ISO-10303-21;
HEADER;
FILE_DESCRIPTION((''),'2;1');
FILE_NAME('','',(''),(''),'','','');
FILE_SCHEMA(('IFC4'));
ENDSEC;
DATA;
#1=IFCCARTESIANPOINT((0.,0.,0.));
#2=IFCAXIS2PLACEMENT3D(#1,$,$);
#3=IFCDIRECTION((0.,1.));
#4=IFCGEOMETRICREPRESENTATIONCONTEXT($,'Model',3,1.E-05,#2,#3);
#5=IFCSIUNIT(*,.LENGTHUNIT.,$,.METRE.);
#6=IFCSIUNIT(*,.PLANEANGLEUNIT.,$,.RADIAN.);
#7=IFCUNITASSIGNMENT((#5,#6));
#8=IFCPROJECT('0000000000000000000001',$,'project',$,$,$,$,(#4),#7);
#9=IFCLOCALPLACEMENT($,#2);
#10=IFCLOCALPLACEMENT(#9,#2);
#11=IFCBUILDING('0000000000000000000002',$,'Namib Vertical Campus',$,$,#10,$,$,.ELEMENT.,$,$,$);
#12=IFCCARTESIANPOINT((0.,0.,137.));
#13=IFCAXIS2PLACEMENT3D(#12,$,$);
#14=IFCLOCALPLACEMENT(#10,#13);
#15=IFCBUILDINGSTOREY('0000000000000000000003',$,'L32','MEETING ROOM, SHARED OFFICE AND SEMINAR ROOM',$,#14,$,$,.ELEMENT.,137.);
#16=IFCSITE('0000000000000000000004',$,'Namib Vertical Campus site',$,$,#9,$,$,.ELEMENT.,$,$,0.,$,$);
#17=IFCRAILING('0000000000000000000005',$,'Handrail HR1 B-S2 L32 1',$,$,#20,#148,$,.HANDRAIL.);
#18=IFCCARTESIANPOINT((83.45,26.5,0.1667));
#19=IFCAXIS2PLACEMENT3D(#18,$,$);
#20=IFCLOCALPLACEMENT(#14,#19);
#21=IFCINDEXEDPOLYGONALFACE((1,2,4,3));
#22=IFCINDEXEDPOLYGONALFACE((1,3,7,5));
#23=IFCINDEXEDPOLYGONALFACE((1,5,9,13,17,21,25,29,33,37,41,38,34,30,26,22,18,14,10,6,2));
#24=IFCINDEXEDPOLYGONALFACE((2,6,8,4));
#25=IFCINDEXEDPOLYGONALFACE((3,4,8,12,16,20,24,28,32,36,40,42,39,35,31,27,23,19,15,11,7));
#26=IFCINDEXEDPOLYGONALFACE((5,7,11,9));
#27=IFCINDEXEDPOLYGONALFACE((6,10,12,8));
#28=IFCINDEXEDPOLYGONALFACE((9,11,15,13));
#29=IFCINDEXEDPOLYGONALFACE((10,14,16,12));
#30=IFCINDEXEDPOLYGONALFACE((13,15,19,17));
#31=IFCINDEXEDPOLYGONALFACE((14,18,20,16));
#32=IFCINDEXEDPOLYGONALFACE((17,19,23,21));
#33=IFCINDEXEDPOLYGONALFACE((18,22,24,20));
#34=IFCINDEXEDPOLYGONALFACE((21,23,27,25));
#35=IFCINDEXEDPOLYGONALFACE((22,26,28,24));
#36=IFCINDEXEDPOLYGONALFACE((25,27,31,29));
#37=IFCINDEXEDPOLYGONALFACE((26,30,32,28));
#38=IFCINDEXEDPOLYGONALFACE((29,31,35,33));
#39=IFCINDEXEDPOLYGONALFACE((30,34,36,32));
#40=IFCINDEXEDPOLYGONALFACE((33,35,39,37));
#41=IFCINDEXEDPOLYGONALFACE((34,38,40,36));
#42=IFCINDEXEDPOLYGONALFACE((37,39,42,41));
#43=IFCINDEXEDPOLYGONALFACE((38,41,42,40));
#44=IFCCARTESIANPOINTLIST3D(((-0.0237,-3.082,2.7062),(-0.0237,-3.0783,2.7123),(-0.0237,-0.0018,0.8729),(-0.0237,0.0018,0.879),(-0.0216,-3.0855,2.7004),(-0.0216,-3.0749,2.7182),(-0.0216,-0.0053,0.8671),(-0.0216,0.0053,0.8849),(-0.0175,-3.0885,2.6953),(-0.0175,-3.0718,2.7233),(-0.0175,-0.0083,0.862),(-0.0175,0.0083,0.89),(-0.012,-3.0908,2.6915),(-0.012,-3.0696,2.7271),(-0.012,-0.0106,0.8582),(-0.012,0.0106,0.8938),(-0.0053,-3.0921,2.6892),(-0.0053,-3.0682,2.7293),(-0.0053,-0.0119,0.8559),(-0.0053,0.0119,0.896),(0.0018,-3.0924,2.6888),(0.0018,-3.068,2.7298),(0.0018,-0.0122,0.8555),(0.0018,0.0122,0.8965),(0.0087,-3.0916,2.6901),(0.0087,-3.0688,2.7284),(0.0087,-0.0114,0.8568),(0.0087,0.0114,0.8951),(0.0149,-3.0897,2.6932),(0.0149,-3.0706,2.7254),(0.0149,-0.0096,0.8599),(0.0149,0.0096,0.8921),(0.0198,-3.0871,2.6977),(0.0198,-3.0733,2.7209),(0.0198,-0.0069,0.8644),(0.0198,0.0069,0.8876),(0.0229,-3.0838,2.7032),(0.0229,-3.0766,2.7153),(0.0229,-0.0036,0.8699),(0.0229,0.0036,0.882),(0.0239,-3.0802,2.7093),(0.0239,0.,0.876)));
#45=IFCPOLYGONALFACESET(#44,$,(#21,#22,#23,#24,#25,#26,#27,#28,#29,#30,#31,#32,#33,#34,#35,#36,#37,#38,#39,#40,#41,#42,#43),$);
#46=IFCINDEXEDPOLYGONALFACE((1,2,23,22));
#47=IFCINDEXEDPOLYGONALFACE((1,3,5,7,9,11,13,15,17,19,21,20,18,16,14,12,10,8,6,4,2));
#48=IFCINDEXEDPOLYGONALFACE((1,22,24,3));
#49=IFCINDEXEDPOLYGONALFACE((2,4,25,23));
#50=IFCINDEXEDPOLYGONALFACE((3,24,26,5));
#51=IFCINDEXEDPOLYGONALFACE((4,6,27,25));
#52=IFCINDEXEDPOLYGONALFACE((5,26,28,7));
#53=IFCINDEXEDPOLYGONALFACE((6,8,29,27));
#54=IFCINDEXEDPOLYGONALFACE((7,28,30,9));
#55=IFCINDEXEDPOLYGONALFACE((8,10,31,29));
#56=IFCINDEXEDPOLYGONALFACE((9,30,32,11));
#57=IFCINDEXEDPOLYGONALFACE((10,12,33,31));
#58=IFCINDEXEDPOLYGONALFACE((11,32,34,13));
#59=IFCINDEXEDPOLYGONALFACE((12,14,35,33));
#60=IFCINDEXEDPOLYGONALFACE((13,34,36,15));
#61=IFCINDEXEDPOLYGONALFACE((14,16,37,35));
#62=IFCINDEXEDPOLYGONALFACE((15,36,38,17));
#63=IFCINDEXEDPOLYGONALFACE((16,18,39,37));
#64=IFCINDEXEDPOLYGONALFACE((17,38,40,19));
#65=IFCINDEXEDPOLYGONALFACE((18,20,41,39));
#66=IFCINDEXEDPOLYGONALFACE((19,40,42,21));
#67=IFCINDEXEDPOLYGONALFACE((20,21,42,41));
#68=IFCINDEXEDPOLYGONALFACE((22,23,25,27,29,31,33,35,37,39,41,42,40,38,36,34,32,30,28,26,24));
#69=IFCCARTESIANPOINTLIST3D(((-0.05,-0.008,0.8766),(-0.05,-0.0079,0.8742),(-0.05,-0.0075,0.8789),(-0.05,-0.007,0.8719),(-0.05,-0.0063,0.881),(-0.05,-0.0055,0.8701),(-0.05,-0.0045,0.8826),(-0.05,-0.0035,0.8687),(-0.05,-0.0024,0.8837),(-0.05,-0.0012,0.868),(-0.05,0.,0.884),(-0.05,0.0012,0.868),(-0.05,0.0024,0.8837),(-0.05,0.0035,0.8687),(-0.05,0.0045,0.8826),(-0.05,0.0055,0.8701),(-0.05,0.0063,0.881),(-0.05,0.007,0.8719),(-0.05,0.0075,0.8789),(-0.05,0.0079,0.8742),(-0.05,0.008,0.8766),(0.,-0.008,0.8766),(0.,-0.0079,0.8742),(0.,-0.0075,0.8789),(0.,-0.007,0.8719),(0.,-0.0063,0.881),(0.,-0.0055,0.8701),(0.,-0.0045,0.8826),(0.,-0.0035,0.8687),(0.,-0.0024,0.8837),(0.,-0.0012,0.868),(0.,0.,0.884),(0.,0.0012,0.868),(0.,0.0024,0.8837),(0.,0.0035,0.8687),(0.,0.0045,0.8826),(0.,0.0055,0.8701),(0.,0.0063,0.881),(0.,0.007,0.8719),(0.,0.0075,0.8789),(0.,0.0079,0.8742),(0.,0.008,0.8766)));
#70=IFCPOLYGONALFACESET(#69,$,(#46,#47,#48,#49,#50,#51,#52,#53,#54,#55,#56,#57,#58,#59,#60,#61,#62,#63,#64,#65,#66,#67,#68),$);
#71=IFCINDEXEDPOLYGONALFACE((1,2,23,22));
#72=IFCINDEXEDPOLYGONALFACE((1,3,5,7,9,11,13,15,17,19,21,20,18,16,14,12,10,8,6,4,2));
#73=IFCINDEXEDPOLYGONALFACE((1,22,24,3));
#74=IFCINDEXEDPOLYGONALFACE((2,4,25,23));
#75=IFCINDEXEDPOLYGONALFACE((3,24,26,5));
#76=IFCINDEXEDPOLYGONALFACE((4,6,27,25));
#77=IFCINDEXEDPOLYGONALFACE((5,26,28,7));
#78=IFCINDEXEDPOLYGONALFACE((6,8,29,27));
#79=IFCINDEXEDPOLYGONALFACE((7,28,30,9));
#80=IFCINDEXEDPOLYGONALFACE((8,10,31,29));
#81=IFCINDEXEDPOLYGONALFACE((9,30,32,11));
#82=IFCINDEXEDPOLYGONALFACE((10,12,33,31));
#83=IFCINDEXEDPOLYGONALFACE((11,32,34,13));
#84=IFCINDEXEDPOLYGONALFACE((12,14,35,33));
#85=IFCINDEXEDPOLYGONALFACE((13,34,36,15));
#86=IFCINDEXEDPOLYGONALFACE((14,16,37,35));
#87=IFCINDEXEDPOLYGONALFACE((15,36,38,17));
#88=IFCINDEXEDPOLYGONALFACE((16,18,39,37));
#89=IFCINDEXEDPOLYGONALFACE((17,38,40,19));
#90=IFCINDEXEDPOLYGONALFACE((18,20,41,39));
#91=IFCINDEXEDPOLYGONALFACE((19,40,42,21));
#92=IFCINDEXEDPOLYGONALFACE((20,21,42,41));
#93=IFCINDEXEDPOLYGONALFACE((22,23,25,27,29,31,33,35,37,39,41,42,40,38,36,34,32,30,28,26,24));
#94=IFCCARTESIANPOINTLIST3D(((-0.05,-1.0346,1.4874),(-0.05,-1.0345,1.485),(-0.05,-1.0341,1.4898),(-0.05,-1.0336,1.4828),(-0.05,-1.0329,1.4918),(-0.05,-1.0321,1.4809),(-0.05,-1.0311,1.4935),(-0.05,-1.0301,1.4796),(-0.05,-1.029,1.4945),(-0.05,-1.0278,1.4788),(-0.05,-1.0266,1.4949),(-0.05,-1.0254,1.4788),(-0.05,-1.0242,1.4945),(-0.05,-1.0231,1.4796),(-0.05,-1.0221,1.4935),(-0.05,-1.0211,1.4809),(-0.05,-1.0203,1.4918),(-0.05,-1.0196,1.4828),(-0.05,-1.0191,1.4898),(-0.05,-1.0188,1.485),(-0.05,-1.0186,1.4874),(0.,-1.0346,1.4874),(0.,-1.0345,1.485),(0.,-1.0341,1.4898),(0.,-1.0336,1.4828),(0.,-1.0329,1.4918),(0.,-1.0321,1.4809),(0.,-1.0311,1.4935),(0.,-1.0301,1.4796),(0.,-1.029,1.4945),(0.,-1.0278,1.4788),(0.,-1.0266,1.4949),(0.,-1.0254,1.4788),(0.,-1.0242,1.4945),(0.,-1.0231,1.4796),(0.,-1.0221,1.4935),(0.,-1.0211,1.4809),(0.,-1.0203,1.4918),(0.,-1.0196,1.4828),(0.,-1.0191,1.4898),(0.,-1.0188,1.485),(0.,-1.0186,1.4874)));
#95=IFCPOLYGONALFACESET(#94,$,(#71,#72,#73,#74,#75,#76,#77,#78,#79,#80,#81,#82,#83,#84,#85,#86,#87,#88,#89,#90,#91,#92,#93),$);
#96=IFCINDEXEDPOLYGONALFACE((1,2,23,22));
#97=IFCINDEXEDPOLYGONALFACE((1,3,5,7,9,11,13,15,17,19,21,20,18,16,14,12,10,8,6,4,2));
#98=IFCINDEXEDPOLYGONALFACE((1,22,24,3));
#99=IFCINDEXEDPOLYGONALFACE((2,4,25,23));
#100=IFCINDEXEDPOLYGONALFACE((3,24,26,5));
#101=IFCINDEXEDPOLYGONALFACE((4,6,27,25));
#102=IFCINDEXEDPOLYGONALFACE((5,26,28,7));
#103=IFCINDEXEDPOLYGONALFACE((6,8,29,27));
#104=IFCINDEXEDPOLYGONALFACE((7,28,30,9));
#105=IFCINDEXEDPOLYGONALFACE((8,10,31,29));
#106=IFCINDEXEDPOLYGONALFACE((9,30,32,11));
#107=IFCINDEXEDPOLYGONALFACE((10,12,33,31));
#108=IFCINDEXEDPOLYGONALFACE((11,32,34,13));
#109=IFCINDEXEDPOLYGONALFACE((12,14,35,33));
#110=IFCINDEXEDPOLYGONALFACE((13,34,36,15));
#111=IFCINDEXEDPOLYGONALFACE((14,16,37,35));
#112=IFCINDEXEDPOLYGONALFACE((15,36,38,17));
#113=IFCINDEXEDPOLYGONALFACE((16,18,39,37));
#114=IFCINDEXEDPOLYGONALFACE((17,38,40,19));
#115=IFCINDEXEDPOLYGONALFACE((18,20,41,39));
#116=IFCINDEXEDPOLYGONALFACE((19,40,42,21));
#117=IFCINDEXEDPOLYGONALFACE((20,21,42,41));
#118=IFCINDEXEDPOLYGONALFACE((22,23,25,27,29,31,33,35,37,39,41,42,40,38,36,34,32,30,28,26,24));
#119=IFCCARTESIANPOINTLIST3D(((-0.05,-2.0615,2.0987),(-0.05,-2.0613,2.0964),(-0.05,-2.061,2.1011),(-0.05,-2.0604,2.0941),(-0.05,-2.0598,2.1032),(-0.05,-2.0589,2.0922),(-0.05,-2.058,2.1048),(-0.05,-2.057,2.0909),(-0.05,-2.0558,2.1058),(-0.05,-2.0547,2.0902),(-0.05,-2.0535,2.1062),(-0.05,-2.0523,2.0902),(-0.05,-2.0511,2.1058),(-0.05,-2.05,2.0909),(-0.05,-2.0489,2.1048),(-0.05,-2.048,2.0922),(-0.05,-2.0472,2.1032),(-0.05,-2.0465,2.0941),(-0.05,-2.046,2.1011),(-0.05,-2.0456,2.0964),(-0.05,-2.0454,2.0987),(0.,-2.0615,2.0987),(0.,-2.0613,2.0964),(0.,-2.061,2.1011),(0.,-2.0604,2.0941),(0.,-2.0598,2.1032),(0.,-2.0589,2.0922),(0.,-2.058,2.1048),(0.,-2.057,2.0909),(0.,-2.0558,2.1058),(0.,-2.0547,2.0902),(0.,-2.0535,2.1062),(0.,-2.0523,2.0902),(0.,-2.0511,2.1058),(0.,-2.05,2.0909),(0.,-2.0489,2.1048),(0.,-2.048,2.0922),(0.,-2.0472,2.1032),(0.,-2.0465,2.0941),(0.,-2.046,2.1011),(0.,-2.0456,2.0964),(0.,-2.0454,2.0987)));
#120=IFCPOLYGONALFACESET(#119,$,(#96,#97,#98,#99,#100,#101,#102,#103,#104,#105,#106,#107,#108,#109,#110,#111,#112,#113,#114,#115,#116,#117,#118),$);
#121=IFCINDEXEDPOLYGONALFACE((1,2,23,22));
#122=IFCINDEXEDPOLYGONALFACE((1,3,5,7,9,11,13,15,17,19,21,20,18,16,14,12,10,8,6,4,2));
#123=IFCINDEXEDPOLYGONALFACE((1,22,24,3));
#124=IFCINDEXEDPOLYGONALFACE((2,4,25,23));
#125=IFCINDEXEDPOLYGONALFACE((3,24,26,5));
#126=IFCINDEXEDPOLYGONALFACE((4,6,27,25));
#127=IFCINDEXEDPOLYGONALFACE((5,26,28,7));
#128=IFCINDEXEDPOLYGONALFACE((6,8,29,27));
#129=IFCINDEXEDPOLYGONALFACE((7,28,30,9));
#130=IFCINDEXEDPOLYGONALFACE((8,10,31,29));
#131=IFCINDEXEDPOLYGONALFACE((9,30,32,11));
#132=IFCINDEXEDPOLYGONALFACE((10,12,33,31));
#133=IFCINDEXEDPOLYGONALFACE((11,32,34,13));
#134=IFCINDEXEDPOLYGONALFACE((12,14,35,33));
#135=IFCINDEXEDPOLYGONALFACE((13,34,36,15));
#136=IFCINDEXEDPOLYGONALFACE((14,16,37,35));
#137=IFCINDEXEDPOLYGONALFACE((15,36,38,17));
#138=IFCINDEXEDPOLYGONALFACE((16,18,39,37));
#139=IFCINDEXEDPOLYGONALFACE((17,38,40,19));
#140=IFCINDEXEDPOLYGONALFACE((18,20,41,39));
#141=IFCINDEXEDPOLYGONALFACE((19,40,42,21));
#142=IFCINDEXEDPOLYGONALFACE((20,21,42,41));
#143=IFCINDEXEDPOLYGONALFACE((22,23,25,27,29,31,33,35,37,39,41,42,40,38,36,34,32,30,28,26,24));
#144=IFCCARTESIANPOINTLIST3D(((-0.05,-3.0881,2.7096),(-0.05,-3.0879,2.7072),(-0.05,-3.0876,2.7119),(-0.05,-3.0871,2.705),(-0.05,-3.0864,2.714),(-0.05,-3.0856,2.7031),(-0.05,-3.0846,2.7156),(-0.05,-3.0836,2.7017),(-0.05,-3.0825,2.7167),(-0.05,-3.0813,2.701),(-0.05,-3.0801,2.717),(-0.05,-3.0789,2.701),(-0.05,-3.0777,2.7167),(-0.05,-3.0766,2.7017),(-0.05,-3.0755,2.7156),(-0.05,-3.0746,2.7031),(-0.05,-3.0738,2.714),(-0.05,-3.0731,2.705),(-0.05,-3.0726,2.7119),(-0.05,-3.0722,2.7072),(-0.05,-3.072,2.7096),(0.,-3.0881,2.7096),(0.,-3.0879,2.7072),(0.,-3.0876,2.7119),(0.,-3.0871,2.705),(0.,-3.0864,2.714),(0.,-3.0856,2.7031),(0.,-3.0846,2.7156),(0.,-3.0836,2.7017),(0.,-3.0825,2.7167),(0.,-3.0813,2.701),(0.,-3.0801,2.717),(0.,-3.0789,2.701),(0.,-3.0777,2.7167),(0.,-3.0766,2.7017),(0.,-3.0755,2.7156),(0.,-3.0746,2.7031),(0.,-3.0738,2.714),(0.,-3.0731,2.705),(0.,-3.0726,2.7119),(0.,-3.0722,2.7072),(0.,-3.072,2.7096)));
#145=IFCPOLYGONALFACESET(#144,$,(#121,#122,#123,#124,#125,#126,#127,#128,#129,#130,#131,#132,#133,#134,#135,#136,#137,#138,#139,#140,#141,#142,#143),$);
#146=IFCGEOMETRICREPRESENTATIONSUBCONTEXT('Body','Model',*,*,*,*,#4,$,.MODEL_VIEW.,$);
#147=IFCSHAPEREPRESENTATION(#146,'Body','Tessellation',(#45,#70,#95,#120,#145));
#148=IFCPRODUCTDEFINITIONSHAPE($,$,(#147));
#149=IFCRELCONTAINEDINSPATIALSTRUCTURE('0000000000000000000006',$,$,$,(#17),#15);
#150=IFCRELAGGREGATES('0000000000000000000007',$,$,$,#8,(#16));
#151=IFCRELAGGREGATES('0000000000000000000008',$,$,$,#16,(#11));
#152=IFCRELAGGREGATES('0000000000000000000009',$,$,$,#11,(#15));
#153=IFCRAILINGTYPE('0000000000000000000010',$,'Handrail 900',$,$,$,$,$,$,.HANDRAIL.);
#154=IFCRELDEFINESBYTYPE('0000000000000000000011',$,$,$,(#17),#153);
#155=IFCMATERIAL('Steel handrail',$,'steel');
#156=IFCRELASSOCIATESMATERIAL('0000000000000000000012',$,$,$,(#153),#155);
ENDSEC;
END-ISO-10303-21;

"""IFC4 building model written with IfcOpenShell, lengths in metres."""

from ifc_helpers import new_model, si_unit, direction, frame, origin, origin_2d, place, context, subcontext, project, spatial, circle, extrude, material, type_object, element, save


model = new_model("IFC4")

# Units and contexts
model_context = context("Model", 3, precision=1e-05, world=origin(), true_north=direction((0.0, 1.0)))
body_context = subcontext(model_context, "Body", "Model", "MODEL_VIEW")
ifc_project = project(units=[si_unit("LENGTHUNIT", "METRE"), si_unit("PLANEANGLEUNIT", "RADIAN")], contexts=[model_context])

# Site, building, storey
site_placement = place(None, origin())
site = spatial("IfcSite", under=ifc_project, at=site_placement, Name="Namib Vertical Campus site", CompositionType="ELEMENT", RefElevation=0.0)
building_placement = place(site_placement, origin())
building = spatial("IfcBuilding", under=site, at=building_placement, Name="Namib Vertical Campus", CompositionType="ELEMENT")
storey_placement = place(building_placement, frame((0.0, 0.0, 137.0)))
storey = spatial("IfcBuildingStorey", under=building, at=storey_placement, Name="L32", Description="MEETING ROOM, SHARED OFFICE AND SEMINAR ROOM", CompositionType="ELEMENT", Elevation=137.0)

# Railing
ifc_material_1 = material(Name="Steel handrail", Category="steel")
railing_type_1 = type_object("IfcRailingType", Name="Handrail 900", PredefinedType="HANDRAIL", material=ifc_material_1)
railing_1_placement = place(storey_placement, frame((83.45, 26.5, 0.1667)))
element("IfcRailing", 1, at=railing_1_placement, inside=storey, type_object=railing_type_1, Name="Handrail HR1 B-S2 L32 1", PredefinedType="HANDRAIL", context=body_context, shape_type="SweptSolid", body=[
    extrude(circle(Radius=0.0239, at=origin_2d()), frame((0.0, 0.0, 0.876), z_axis=(0.0, -0.859309, 0.511458), x_axis=(1.0, 0.0, 0.0)), (0.0, 0.0, 1.0), 3.5845),
    extrude(circle(Radius=0.0081, at=origin_2d()), frame((0.0, 0.0, 0.876), z_axis=(-1.0, 0.0, 0.0), x_axis=(0.0, 0.0, 1.0)), (0.0, 0.0, 1.0), 0.05),
    extrude(circle(Radius=0.0081, at=origin_2d()), frame((0.0, -1.0266, 1.4868), z_axis=(-1.0, 0.0, 0.0), x_axis=(0.0, 0.0, 1.0)), (0.0, 0.0, 1.0), 0.05),
    extrude(circle(Radius=0.0081, at=origin_2d()), frame((0.0, -2.0535, 2.0981), z_axis=(-1.0, 0.0, 0.0), x_axis=(0.0, 0.0, 1.0)), (0.0, 0.0, 1.0), 0.05),
    extrude(circle(Radius=0.0081, at=origin_2d()), frame((0.0, -3.0801, 2.709), z_axis=(-1.0, 0.0, 0.0), x_axis=(0.0, 0.0, 1.0)), (0.0, 0.0, 1.0), 0.05),
])

save(model, "model.ifc")
